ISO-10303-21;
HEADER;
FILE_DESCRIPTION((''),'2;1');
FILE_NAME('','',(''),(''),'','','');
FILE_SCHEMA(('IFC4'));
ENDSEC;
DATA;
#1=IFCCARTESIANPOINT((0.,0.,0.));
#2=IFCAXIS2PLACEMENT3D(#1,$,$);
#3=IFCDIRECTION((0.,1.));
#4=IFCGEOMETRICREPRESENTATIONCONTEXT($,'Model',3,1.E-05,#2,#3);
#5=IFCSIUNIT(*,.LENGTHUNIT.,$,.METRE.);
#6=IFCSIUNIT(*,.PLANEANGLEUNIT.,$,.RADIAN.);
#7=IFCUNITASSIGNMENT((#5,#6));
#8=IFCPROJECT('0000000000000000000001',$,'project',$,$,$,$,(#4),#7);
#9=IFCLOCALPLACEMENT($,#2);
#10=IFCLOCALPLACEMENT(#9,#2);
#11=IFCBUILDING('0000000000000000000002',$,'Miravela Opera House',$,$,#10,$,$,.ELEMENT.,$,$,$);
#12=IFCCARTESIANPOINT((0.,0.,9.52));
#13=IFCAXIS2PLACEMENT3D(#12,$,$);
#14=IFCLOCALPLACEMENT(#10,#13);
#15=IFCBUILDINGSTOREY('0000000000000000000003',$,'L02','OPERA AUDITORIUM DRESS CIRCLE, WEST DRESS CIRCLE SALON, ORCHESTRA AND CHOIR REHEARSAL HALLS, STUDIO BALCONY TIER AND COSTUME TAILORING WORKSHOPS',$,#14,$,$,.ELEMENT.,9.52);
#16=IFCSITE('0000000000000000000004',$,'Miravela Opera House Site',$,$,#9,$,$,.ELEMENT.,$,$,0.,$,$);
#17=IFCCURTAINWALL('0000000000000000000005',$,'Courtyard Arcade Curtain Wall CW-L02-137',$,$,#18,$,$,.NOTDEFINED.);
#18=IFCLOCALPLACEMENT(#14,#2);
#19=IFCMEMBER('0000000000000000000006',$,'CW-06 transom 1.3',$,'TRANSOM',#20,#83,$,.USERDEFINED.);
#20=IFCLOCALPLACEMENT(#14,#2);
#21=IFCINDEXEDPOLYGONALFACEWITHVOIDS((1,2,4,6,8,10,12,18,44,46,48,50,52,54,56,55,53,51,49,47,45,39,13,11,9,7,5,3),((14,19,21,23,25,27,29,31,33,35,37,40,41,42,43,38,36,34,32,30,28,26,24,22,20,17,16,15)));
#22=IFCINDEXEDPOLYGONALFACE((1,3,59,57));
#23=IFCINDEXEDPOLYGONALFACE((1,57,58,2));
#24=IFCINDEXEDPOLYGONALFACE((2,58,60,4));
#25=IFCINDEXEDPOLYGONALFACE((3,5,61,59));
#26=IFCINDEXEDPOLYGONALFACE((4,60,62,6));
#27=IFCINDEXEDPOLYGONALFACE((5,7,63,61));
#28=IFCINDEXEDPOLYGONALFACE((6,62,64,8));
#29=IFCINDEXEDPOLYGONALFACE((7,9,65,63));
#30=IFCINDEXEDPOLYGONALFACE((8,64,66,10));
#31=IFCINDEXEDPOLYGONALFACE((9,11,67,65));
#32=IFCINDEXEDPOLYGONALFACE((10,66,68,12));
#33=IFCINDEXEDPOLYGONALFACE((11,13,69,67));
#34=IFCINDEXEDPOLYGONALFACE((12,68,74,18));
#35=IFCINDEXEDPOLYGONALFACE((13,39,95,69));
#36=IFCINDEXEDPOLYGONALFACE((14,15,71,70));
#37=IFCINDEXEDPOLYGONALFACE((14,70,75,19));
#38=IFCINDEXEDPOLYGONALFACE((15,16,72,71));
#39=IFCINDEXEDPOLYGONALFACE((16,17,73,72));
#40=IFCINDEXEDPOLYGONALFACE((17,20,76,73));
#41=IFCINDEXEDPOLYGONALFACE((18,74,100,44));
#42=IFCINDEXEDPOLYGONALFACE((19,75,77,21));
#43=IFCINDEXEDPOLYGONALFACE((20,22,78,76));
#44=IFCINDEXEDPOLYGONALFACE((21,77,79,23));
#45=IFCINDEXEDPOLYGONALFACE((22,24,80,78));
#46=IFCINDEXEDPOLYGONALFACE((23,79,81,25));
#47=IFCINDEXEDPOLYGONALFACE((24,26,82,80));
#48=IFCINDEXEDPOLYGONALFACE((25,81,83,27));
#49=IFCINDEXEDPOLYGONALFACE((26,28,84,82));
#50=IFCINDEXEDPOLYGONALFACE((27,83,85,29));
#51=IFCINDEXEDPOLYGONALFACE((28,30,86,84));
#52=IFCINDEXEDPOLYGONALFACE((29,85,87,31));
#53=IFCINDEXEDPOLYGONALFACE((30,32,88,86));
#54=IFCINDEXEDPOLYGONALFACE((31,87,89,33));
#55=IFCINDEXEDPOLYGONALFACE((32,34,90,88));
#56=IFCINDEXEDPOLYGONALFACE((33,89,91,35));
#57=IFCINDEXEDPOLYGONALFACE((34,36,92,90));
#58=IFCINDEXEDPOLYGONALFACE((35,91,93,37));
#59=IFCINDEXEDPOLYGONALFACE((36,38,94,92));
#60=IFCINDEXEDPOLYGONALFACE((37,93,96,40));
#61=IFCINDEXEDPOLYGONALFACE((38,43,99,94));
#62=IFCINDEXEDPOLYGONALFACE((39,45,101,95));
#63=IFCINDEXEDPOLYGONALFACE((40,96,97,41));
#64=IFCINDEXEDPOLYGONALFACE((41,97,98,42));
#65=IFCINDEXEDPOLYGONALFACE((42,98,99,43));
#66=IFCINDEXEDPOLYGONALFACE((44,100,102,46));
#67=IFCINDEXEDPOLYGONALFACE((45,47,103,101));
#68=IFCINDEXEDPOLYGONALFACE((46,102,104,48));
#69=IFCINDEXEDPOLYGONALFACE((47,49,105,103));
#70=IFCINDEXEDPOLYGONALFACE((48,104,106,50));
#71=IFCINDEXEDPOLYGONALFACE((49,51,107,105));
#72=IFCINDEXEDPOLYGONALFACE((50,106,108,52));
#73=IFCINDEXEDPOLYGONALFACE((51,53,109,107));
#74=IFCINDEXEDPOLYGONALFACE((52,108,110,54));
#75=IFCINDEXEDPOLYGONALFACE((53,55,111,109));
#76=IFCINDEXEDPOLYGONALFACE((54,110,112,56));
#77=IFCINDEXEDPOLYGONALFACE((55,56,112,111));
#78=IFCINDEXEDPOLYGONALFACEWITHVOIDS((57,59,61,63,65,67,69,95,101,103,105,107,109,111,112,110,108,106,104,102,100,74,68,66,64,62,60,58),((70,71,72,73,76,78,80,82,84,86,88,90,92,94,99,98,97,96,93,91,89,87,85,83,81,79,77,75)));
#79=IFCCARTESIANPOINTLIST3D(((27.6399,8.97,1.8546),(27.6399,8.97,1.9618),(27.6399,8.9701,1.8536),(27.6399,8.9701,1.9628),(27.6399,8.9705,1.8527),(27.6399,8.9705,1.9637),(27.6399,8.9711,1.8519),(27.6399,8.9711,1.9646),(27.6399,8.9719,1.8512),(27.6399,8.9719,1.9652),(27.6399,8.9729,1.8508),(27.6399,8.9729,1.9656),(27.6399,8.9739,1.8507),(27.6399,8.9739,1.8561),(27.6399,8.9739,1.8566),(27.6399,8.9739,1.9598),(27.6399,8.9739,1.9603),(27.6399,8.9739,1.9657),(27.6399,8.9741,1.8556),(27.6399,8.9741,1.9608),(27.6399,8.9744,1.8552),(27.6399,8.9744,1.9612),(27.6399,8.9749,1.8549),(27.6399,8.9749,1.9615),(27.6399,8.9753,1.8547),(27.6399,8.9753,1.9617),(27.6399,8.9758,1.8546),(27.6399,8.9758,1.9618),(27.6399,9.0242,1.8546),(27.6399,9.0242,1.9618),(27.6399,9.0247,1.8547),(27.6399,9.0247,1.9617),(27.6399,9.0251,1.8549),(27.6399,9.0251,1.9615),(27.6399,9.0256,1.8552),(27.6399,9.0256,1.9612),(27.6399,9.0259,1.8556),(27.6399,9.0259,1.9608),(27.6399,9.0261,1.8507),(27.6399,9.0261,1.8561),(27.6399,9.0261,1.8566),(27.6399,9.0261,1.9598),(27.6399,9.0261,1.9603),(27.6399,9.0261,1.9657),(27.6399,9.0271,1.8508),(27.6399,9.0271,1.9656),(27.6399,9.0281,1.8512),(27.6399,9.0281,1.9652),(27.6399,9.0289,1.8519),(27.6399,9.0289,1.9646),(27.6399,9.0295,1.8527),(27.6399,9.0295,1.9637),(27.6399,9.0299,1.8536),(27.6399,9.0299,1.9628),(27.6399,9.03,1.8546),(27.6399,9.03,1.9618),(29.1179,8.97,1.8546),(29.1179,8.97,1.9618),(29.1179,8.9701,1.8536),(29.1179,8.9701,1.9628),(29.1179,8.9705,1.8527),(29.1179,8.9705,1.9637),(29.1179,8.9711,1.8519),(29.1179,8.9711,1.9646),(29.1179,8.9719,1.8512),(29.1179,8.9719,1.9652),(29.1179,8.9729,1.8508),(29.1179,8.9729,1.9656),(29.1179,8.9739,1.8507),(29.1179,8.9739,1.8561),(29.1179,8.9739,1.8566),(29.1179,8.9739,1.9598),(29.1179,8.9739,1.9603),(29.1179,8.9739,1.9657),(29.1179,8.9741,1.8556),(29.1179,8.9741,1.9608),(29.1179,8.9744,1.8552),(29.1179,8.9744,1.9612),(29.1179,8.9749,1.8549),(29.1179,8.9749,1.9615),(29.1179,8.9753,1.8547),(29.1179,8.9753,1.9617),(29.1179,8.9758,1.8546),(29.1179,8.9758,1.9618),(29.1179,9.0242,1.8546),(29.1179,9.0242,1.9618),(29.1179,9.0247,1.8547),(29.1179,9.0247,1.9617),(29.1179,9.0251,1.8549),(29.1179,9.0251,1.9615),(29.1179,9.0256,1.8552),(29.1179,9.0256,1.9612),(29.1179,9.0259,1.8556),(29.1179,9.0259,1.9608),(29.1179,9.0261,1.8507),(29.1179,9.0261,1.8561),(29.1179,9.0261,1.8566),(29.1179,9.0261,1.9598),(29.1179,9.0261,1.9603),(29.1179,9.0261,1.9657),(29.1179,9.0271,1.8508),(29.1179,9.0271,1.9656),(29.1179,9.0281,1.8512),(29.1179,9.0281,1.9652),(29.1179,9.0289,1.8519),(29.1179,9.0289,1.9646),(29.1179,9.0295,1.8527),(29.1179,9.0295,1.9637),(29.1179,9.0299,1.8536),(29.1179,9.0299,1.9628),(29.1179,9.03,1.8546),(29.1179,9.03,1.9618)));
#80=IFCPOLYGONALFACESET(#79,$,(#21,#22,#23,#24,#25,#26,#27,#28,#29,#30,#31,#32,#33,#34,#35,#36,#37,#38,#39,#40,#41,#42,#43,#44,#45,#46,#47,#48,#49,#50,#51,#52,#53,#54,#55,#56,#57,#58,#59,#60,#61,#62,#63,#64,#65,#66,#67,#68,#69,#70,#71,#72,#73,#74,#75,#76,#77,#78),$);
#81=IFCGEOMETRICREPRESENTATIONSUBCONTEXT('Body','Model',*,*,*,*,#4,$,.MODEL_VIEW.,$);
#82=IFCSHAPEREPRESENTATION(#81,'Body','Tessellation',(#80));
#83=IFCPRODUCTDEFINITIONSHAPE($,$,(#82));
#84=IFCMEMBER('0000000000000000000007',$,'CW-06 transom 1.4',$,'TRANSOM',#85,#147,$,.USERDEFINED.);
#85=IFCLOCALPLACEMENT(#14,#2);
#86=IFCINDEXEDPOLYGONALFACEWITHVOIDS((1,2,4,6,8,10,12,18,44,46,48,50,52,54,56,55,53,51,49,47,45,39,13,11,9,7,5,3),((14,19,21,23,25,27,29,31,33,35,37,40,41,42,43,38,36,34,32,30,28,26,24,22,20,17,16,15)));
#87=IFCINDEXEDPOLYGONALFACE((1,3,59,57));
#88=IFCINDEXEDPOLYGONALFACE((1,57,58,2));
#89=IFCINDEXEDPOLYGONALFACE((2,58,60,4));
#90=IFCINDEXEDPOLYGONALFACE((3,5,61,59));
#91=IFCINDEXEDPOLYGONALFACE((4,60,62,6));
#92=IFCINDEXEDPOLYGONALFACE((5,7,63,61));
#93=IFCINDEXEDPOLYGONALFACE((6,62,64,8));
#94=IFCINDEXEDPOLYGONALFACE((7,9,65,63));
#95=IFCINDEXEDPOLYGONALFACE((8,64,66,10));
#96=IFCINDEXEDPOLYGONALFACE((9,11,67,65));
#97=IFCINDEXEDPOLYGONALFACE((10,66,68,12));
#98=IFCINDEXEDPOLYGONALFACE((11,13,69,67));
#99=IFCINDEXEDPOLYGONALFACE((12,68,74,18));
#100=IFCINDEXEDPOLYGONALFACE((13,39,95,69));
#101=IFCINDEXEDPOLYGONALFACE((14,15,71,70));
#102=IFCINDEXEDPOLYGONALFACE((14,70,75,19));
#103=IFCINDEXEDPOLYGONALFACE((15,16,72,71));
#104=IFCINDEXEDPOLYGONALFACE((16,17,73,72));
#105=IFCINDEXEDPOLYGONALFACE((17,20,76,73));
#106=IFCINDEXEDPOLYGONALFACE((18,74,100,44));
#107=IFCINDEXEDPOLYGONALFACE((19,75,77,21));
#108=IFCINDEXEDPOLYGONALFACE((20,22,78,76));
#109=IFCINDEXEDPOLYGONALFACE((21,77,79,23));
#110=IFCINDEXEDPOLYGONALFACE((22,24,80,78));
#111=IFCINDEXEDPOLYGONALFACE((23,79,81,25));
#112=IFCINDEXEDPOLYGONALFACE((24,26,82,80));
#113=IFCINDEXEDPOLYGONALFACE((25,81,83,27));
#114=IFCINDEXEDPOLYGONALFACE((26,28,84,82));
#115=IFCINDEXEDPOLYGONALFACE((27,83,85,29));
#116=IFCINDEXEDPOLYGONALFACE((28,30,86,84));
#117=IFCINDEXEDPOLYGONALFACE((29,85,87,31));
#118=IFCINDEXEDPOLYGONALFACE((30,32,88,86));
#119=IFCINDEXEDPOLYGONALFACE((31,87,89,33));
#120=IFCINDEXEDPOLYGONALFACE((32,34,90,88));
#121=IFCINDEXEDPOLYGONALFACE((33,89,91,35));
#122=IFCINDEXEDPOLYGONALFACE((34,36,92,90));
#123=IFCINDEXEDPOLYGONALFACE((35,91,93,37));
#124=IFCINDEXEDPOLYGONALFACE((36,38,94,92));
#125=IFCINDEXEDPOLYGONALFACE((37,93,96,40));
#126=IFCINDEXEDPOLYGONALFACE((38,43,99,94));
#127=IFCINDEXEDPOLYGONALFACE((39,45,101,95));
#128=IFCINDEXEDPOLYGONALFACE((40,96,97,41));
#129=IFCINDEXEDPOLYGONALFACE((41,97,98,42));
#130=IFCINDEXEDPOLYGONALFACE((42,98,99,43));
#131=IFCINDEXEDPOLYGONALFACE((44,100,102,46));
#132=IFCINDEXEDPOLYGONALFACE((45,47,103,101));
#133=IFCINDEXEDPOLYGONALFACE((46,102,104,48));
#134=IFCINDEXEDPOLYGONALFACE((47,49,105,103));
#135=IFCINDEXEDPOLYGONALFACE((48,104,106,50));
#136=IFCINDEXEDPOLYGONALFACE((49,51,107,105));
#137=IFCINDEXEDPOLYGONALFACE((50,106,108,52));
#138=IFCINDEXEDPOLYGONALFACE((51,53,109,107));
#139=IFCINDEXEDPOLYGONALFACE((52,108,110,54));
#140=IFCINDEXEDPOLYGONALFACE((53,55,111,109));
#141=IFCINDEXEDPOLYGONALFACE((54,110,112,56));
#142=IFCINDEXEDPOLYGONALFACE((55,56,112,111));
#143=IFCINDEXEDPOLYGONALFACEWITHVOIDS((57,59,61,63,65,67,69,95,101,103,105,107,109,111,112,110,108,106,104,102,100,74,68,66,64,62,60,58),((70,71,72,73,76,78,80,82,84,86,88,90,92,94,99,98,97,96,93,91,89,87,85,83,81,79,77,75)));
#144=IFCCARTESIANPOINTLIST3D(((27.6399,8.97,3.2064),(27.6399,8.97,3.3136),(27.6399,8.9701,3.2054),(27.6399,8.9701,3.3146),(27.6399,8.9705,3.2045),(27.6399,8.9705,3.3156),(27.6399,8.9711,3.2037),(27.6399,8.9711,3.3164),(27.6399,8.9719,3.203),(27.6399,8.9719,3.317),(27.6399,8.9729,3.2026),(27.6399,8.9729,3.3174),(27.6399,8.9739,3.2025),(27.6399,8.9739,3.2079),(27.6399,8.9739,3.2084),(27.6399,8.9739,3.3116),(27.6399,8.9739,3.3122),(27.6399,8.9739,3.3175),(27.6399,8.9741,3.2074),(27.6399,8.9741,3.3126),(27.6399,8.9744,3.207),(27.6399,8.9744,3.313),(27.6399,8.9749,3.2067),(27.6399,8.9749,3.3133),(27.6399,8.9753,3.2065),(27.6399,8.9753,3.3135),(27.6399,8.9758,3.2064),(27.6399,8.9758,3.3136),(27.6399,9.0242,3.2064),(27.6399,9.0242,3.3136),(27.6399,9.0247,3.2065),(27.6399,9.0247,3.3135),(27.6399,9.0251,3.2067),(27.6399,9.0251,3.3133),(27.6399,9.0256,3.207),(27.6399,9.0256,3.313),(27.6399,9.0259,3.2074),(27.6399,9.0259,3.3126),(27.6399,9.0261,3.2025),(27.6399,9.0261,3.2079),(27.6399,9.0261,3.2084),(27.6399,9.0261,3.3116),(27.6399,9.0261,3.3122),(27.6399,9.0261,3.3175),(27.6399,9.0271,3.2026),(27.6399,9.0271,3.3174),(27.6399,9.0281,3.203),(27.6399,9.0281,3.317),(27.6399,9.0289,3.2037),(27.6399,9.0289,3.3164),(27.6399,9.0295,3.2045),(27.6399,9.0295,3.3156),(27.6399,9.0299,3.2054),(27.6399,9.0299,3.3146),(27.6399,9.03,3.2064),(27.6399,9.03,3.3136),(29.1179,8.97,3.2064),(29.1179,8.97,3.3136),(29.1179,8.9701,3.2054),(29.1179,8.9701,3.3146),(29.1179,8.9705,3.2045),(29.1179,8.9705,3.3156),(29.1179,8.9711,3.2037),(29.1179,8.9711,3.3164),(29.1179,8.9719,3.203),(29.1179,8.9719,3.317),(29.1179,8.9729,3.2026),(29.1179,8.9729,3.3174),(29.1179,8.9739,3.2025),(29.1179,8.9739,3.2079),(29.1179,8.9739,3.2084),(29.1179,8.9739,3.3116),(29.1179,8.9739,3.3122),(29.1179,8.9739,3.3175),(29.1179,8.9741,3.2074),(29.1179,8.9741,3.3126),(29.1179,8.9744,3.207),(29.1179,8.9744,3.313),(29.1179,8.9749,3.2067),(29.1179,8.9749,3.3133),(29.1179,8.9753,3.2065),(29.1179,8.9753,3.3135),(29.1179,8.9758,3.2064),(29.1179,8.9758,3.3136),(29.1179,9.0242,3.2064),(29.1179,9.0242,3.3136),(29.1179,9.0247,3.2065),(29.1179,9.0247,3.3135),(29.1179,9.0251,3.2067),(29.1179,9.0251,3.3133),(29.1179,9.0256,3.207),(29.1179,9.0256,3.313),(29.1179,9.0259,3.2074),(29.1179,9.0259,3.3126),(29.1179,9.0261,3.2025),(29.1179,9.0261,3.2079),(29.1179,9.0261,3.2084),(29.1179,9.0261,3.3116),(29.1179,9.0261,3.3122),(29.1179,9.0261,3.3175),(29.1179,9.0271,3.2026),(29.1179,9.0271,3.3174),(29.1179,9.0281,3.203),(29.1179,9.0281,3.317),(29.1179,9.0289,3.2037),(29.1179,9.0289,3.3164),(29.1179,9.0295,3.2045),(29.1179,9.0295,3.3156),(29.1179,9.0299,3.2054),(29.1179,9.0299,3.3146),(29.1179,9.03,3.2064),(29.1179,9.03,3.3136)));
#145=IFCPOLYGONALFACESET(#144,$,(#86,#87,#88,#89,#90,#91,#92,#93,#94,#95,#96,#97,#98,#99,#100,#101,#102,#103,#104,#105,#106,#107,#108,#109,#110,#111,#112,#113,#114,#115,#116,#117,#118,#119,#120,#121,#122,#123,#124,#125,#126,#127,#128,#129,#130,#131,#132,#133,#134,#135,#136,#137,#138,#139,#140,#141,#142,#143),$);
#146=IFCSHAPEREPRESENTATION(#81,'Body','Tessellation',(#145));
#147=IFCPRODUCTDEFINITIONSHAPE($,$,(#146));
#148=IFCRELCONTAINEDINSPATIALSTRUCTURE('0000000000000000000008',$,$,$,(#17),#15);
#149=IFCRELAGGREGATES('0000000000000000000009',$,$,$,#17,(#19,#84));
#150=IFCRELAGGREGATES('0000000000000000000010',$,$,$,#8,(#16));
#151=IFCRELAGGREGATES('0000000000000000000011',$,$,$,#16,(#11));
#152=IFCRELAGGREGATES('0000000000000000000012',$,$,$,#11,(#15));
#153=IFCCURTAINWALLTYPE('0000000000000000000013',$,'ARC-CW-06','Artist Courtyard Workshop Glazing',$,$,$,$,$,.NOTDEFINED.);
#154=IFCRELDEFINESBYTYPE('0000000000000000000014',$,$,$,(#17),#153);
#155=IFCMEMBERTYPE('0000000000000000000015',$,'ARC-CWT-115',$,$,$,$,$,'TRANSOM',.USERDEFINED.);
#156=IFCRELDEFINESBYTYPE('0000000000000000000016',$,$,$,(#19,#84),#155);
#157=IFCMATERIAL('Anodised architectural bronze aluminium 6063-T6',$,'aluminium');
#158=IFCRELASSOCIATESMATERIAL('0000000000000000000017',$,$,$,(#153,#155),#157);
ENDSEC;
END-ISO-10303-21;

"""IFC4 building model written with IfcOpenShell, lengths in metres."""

from ifc_helpers import new_model, si_unit, direction, frame, origin, origin_2d, place, context, subcontext, project, spatial, hollow_rectangle, extrude, material, material_profile, profile_set, type_object, element, aggregate, save


model = new_model("IFC4")

# Units and contexts
model_context = context("Model", 3, precision=1e-05, world=origin(), true_north=direction((0.0, 1.0)))
body_context = subcontext(model_context, "Body", "Model", "MODEL_VIEW")
ifc_project = project(units=[si_unit("LENGTHUNIT", "METRE"), si_unit("PLANEANGLEUNIT", "RADIAN")], contexts=[model_context])

# Site, building, storey
site_placement = place(None, origin())
site = spatial("IfcSite", under=ifc_project, at=site_placement, Name="Miravela Opera House Site", CompositionType="ELEMENT", RefElevation=0.0)
building_placement = place(site_placement, origin())
building = spatial("IfcBuilding", under=site, at=building_placement, Name="Miravela Opera House", CompositionType="ELEMENT")
storey_placement = place(building_placement, frame((0.0, 0.0, 9.52)))
storey = spatial("IfcBuildingStorey", under=building, at=storey_placement, Name="L02", Description="OPERA AUDITORIUM DRESS CIRCLE, WEST DRESS CIRCLE SALON, ORCHESTRA AND CHOIR REHEARSAL HALLS, STUDIO BALCONY TIER AND COSTUME TAILORING WORKSHOPS", CompositionType="ELEMENT", Elevation=9.52)

# Curtain wall, members
ifc_material_1 = material(Name="Anodised architectural bronze aluminium 6063-T6", Category="aluminium")
curtain_wall_type = type_object("IfcCurtainWallType", Name="ARC-CW-06", Description="Artist Courtyard Workshop Glazing", PredefinedType="NOTDEFINED", material=ifc_material_1)
curtain_wall_placement = place(storey_placement, origin())
curtain_wall = element("IfcCurtainWall", 1, at=curtain_wall_placement, inside=storey, type_object=curtain_wall_type, Name="Courtyard Arcade Curtain Wall CW-L02-137", PredefinedType="NOTDEFINED")
ifc_material_profile_1 = material_profile(ifc_material_1, hollow_rectangle(XDim=0.0601, YDim=0.115, WallThickness=0.0039, InnerFilletRadius=0.002, OuterFilletRadius=0.0039, at=origin_2d()), Name="CWT-60X115")
ifc_profile_set_1 = profile_set([ifc_material_profile_1])
member_type_1 = type_object("IfcMemberType", Name="ARC-CWT-115", ElementType="TRANSOM", PredefinedType="USERDEFINED", material=ifc_profile_set_1)
member_1_placement = place(storey_placement, frame((27.6399, 9.0, 1.9082), z_axis=(1.0, 0.0, 0.0), x_axis=(0.0, 1.0, 0.0)))
member_1 = element("IfcMember", 2, at=member_1_placement, type_object=member_type_1, Name="CW-06 transom 1.3", ObjectType="TRANSOM", PredefinedType="USERDEFINED", context=body_context, shape_type="SweptSolid", body=[
    extrude(hollow_rectangle(XDim=0.0601, YDim=0.115, WallThickness=0.0039, InnerFilletRadius=0.002, OuterFilletRadius=0.0039, at=origin_2d()), origin(), (0.0, 0.0, 1.0), 1.478),
])
member_2_placement = place(storey_placement, frame((27.6399, 9.0, 3.26), z_axis=(1.0, 0.0, 0.0), x_axis=(0.0, 1.0, 0.0)))
member_2 = element("IfcMember", 3, at=member_2_placement, type_object=member_type_1, Name="CW-06 transom 1.4", ObjectType="TRANSOM", PredefinedType="USERDEFINED", context=body_context, shape_type="SweptSolid", body=[
    extrude(hollow_rectangle(XDim=0.0601, YDim=0.115, WallThickness=0.0039, InnerFilletRadius=0.002, OuterFilletRadius=0.0039, at=origin_2d()), origin(), (0.0, 0.0, 1.0), 1.478),
])

aggregate(curtain_wall, [member_1, member_2])

save(model, "model.ifc")
